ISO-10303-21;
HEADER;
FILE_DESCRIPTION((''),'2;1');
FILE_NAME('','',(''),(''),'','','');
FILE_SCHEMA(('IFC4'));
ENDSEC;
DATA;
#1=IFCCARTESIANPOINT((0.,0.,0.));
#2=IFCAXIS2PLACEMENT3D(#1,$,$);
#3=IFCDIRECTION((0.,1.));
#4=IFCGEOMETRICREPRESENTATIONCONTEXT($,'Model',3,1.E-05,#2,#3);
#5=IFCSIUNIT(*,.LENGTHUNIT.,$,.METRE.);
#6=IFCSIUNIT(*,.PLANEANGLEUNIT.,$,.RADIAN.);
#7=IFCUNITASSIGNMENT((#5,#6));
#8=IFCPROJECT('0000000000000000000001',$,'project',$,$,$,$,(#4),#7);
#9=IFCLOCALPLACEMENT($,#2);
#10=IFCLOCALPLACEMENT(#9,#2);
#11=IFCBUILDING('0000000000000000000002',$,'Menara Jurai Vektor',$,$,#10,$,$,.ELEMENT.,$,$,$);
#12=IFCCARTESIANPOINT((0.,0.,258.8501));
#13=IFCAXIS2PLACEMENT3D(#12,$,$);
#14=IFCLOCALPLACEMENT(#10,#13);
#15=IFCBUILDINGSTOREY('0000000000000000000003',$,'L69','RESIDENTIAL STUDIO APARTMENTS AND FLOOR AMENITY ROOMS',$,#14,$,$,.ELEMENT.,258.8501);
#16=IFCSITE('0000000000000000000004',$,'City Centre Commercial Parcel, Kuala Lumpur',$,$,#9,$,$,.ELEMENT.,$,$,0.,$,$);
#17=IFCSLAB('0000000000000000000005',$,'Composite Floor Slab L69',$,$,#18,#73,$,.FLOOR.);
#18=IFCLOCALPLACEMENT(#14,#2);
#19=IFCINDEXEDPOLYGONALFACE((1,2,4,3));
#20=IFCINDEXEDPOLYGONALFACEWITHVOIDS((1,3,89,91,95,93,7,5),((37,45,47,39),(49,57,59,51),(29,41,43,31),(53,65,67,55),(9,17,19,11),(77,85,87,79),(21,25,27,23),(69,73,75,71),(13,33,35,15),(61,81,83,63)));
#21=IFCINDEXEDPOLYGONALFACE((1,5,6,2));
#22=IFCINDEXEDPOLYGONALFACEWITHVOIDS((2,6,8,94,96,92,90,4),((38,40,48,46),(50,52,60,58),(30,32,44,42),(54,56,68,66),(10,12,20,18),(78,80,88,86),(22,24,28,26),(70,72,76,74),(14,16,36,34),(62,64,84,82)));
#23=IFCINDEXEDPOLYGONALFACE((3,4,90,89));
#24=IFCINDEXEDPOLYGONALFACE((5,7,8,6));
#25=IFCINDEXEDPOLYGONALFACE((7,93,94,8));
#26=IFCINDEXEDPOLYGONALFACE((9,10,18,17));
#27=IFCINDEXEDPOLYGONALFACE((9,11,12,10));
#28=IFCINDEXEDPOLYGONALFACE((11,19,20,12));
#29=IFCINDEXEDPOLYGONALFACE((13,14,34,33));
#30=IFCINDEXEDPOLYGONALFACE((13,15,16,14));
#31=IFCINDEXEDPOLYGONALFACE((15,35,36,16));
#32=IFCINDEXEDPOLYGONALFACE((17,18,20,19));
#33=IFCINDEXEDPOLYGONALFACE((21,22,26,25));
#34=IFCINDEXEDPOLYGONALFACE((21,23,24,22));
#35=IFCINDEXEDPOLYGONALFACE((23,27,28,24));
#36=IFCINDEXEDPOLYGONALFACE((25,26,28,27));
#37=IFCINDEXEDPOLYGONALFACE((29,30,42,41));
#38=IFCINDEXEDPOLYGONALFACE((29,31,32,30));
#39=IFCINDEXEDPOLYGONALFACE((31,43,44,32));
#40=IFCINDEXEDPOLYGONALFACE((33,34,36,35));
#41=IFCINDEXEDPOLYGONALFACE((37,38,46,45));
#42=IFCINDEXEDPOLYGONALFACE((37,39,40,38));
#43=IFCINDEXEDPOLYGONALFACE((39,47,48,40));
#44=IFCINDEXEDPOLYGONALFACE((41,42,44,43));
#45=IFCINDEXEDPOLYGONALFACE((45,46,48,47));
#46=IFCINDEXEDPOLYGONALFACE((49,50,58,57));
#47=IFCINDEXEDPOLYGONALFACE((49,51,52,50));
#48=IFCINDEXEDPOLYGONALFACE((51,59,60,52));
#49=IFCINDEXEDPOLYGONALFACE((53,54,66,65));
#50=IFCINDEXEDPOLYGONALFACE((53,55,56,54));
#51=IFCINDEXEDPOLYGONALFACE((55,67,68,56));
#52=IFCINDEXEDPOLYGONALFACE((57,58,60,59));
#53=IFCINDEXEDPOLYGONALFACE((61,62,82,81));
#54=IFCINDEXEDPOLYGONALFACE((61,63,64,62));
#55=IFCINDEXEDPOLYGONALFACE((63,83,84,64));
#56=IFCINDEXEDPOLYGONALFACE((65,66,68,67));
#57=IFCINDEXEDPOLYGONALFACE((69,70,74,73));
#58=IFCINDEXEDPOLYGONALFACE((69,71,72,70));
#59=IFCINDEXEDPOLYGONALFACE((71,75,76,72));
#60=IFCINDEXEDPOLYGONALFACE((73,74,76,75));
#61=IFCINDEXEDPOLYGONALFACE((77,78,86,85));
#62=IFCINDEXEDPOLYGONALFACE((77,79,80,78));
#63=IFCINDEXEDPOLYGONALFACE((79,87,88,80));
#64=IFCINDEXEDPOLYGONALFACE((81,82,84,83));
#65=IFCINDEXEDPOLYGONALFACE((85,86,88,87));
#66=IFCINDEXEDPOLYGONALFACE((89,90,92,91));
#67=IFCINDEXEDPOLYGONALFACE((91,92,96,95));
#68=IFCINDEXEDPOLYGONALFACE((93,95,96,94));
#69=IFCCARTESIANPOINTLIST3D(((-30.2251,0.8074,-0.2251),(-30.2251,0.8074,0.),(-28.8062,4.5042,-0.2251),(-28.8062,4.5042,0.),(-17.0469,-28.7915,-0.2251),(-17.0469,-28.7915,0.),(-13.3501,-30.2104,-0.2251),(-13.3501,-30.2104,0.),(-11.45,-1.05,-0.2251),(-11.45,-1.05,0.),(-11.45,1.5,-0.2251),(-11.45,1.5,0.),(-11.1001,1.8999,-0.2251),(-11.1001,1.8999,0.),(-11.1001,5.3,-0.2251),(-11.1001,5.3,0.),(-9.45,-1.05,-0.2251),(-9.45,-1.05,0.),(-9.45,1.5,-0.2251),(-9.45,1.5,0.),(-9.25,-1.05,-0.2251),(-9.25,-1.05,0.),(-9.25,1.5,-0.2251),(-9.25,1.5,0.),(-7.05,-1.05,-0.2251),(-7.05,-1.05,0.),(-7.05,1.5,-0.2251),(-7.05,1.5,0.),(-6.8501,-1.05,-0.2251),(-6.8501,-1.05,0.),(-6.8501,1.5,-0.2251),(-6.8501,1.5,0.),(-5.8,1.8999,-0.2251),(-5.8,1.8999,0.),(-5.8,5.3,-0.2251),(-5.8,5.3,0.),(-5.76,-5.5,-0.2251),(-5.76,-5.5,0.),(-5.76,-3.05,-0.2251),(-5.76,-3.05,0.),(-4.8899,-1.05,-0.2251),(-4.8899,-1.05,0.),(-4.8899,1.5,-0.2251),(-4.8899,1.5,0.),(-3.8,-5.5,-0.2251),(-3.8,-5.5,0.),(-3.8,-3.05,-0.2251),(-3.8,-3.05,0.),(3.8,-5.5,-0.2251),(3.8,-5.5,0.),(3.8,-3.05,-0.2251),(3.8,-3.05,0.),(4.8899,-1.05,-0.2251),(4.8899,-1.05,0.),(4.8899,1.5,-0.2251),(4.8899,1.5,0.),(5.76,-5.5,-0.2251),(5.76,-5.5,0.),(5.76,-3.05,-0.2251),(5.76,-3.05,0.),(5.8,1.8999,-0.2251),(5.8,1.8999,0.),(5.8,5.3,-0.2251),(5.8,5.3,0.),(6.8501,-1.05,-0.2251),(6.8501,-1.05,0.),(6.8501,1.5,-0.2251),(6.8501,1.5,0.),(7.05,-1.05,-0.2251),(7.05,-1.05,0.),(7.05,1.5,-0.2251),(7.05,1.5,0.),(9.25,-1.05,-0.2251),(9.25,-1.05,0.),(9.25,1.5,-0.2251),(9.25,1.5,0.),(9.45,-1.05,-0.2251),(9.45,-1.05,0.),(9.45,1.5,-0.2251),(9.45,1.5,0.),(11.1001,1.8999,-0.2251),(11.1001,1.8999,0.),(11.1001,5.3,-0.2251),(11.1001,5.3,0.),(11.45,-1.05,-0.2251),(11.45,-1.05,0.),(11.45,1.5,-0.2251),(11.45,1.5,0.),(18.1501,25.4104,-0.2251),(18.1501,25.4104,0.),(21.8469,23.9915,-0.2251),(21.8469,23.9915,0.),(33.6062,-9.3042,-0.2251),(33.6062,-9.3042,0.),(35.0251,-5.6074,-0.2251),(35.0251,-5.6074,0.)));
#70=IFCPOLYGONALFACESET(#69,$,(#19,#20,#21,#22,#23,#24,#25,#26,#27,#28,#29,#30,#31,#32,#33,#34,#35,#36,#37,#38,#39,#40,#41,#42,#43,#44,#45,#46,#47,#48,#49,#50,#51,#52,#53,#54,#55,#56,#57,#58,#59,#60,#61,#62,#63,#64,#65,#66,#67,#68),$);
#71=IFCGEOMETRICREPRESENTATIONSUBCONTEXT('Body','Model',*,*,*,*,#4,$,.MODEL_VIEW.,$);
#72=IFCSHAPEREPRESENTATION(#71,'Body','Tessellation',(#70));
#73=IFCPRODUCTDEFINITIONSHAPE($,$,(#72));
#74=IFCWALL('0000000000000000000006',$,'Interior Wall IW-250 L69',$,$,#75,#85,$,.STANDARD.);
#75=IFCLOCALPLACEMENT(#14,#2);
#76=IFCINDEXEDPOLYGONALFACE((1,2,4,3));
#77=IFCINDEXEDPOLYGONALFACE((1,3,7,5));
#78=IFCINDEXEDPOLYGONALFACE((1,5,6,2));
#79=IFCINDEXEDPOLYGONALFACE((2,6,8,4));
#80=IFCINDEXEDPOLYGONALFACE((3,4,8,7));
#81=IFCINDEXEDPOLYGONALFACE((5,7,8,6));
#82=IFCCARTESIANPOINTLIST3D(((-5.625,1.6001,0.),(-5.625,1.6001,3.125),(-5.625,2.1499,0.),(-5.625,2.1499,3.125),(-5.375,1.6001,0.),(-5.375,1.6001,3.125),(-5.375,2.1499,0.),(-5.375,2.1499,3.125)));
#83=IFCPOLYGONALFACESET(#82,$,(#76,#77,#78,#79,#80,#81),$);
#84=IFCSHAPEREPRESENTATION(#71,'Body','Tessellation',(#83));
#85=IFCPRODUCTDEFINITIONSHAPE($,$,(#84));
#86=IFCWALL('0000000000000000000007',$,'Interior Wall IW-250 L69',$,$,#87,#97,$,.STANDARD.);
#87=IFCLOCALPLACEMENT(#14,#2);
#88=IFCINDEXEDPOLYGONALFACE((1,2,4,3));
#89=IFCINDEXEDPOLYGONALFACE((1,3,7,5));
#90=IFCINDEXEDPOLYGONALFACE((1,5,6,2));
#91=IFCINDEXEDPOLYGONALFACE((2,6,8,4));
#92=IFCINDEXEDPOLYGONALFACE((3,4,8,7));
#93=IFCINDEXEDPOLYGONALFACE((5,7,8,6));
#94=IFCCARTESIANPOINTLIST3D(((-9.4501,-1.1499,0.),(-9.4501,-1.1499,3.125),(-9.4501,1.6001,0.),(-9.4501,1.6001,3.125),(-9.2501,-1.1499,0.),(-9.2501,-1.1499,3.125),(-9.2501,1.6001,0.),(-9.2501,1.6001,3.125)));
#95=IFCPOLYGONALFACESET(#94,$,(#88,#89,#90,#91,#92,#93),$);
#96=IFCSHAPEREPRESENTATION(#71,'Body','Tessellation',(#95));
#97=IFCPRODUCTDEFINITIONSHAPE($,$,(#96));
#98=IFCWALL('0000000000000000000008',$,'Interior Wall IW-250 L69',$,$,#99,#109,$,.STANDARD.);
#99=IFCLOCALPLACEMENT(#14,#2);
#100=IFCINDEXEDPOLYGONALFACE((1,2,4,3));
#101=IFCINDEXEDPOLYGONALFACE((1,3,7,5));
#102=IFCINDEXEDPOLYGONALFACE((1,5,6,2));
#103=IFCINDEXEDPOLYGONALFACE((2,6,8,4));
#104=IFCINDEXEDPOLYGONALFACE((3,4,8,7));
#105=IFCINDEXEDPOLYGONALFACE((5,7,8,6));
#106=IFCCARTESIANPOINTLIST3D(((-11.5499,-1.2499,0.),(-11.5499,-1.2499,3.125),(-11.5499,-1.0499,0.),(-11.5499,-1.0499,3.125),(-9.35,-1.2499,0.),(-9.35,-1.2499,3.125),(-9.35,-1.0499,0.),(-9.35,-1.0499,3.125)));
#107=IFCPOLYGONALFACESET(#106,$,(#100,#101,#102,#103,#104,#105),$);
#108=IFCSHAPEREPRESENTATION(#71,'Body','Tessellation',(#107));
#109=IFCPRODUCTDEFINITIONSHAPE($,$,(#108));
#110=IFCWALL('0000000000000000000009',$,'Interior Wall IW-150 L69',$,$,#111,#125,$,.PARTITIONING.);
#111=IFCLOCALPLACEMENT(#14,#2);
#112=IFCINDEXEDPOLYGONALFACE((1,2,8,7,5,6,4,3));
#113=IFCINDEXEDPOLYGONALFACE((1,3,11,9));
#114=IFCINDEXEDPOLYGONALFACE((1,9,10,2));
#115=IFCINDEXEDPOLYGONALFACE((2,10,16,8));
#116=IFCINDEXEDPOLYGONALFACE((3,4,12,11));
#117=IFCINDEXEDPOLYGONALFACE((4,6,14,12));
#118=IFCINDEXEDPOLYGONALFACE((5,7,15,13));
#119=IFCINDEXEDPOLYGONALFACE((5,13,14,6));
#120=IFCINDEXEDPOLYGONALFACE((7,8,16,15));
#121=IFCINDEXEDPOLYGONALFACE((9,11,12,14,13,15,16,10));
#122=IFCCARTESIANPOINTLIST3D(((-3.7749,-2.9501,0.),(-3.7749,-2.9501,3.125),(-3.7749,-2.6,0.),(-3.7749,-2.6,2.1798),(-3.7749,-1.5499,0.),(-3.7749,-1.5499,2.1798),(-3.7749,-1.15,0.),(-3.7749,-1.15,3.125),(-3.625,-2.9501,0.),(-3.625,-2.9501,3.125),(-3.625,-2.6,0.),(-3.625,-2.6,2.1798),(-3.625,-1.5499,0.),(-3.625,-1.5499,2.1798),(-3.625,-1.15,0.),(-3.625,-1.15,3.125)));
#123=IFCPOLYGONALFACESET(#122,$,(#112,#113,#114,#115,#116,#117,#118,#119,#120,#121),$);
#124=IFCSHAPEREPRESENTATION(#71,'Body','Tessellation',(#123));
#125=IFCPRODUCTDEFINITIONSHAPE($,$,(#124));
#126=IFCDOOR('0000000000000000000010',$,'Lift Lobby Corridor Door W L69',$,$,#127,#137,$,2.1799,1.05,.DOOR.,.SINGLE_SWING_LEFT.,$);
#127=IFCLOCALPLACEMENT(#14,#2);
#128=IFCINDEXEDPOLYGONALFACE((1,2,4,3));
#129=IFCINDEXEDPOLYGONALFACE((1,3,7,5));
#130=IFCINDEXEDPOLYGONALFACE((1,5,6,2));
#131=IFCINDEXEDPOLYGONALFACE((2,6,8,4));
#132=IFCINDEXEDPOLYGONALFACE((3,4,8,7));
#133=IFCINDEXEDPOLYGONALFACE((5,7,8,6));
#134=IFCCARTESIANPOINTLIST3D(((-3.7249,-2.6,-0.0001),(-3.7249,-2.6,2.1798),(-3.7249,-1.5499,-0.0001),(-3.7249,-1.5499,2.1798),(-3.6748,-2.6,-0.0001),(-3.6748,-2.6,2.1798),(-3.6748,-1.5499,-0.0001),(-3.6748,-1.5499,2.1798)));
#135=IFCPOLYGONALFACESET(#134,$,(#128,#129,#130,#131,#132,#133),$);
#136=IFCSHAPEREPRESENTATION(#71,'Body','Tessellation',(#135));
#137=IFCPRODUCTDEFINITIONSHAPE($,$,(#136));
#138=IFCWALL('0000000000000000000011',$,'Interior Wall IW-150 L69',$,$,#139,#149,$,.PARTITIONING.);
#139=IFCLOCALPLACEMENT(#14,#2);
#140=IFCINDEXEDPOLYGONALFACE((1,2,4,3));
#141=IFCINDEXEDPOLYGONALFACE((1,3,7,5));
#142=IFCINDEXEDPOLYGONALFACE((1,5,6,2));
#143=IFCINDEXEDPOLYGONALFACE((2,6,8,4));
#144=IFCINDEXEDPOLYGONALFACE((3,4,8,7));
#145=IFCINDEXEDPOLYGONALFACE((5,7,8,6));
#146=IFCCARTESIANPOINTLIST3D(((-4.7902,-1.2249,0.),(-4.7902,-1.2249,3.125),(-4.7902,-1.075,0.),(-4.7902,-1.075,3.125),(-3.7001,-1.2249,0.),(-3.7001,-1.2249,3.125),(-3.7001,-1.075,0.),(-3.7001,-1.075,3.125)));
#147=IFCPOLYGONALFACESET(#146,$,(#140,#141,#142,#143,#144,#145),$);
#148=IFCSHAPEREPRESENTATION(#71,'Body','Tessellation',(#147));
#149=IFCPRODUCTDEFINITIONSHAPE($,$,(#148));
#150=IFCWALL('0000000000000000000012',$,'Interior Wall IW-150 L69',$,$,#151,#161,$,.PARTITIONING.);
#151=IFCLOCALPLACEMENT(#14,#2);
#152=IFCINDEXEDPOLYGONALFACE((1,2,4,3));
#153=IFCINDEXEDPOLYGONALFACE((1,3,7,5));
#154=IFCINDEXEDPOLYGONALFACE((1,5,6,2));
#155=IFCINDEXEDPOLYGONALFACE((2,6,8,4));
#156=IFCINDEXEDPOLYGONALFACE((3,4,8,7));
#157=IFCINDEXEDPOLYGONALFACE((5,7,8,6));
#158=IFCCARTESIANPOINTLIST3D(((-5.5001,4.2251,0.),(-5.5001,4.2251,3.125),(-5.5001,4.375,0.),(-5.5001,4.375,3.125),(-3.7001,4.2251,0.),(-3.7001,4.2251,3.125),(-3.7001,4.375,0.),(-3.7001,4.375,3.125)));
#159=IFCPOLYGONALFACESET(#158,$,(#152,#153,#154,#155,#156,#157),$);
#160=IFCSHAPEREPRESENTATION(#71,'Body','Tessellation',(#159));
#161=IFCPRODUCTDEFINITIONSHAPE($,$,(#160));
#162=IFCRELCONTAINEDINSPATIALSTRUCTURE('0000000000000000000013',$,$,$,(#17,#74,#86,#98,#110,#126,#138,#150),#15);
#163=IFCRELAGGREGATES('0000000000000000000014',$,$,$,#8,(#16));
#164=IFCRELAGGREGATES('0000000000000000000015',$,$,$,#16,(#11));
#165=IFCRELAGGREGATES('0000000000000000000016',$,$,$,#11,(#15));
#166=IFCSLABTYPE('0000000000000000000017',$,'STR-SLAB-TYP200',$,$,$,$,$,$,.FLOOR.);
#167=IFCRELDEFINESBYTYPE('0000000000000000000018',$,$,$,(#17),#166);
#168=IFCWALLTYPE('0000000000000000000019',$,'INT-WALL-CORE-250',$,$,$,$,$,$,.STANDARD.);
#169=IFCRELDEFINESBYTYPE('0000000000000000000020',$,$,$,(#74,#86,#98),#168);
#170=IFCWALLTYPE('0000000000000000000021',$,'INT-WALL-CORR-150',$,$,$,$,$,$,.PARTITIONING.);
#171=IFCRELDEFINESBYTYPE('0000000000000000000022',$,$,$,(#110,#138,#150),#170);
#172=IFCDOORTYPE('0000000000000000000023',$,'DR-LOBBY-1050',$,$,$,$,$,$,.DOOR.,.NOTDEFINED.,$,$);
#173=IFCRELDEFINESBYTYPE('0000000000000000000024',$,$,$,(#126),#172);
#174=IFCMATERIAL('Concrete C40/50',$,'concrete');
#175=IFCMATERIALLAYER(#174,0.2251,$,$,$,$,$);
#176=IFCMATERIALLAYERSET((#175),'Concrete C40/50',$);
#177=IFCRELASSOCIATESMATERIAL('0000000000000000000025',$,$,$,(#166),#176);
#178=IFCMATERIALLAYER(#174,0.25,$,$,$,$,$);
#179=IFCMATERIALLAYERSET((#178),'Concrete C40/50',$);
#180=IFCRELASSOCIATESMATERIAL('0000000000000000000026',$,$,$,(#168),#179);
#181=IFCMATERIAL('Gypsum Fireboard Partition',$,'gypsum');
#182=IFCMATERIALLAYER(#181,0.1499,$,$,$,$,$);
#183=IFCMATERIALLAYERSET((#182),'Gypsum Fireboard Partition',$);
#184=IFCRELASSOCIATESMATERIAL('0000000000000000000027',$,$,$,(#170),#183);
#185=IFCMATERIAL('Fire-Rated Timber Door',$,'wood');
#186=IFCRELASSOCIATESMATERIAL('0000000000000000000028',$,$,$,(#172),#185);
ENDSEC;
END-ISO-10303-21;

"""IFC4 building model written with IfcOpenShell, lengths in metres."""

from ifc_helpers import new_model, si_unit, direction, frame, frame_2d, origin, place, context, subcontext, project, spatial, polyline, rectangle, outline, extrude, material, layer, layer_set, type_object, element, fill, save


model = new_model("IFC4")

# Units and contexts
model_context = context("Model", 3, precision=1e-05, world=origin(), true_north=direction((0.0, 1.0)))
body_context = subcontext(model_context, "Body", "Model", "MODEL_VIEW")
ifc_project = project(units=[si_unit("LENGTHUNIT", "METRE"), si_unit("PLANEANGLEUNIT", "RADIAN")], contexts=[model_context])

# Site, building, storey
site_placement = place(None, origin())
site = spatial("IfcSite", under=ifc_project, at=site_placement, Name="City Centre Commercial Parcel, Kuala Lumpur", CompositionType="ELEMENT", RefElevation=0.0)
building_placement = place(site_placement, origin())
building = spatial("IfcBuilding", under=site, at=building_placement, Name="Menara Jurai Vektor", CompositionType="ELEMENT")
storey_placement = place(building_placement, frame((0.0, 0.0, 258.8501)))
storey = spatial("IfcBuildingStorey", under=building, at=storey_placement, Name="L69", Description="RESIDENTIAL STUDIO APARTMENTS AND FLOOR AMENITY ROOMS", CompositionType="ELEMENT", Elevation=258.8501)

# Shared definitions
ifc_material_1 = material(Name="Concrete C40/50", Category="concrete")

# Slab
ifc_layer_1 = layer(ifc_material_1, 0.2251)
ifc_layer_set_1 = layer_set([ifc_layer_1], Name="Concrete C40/50")
slab_type_1 = type_object("IfcSlabType", Name="STR-SLAB-TYP200", PredefinedType="FLOOR", material=ifc_layer_set_1)
slab_1_placement = place(storey_placement, frame((0.0, 0.0, -0.2251)))
element("IfcSlab", 1, at=slab_1_placement, inside=storey, type_object=slab_type_1, Name="Composite Floor Slab L69", PredefinedType="FLOOR", context=body_context, shape_type="SweptSolid", body=[
    extrude(outline(polyline([(-13.3501, -30.2104), (33.6062, -9.3042), (35.0251, -5.6074), (21.8469, 23.9915), (18.1501, 25.4104), (-28.8062, 4.5042), (-30.2251, 0.8074), (-17.0469, -28.7915), (-13.3501, -30.2104)]), holes=[polyline([(-11.1001, 1.8999), (-11.1001, 5.3), (-5.8, 5.3), (-5.8, 1.8999), (-11.1001, 1.8999)]), polyline([(5.8, 1.8999), (5.8, 5.3), (11.1001, 5.3), (11.1001, 1.8999), (5.8, 1.8999)]), polyline([(-11.45, -1.05), (-11.45, 1.5), (-9.45, 1.5), (-9.45, -1.05), (-11.45, -1.05)]), polyline([(9.45, -1.05), (9.45, 1.5), (11.45, 1.5), (11.45, -1.05), (9.45, -1.05)]), polyline([(-5.76, -5.5), (-5.76, -3.05), (-3.8, -3.05), (-3.8, -5.5), (-5.76, -5.5)]), polyline([(-6.8501, -1.05), (-6.8501, 1.5), (-4.8899, 1.5), (-4.8899, -1.05), (-6.8501, -1.05)]), polyline([(3.8, -5.5), (3.8, -3.05), (5.76, -3.05), (5.76, -5.5), (3.8, -5.5)]), polyline([(4.8899, -1.05), (4.8899, 1.5), (6.8501, 1.5), (6.8501, -1.05), (4.8899, -1.05)]), polyline([(-9.25, -1.05), (-9.25, 1.5), (-7.05, 1.5), (-7.05, -1.05), (-9.25, -1.05)]), polyline([(7.05, -1.05), (7.05, 1.5), (9.25, 1.5), (9.25, -1.05), (7.05, -1.05)])]), origin(), (0.0, 0.0, 1.0), 0.2251),
])

# Wall
ifc_layer_2 = layer(ifc_material_1, 0.25)
ifc_layer_set_2 = layer_set([ifc_layer_2], Name="Concrete C40/50")
wall_type_1 = type_object("IfcWallType", Name="INT-WALL-CORE-250", PredefinedType="STANDARD", material=ifc_layer_set_2)
wall_1_placement = place(storey_placement, frame((-5.5, 1.6001, 0.0), z_axis=(0.0, 0.0, 1.0), x_axis=(0.0, 1.0, 0.0)))
element("IfcWall", 2, at=wall_1_placement, inside=storey, type_object=wall_type_1, Name="Interior Wall IW-250 L69", PredefinedType="STANDARD", context=body_context, shape_type="SweptSolid", body=[
    extrude(rectangle(XDim=0.5498, YDim=0.25, at=frame_2d((0.2749, 0.0))), origin(), (0.0, 0.0, 1.0), 3.125),
])

# Walls
wall_2_placement = place(storey_placement, frame((-9.3501, -1.1499, 0.0), z_axis=(0.0, 0.0, 1.0), x_axis=(0.0, 1.0, 0.0)))
element("IfcWall", 3, at=wall_2_placement, inside=storey, type_object=wall_type_1, Name="Interior Wall IW-250 L69", PredefinedType="STANDARD", context=body_context, shape_type="SweptSolid", body=[
    extrude(rectangle(XDim=2.75, YDim=0.2, at=frame_2d((1.375, 0.0))), origin(), (0.0, 0.0, 1.0), 3.125),
])
wall_3_placement = place(storey_placement, frame((-11.55, -1.1499, 0.0), z_axis=(0.0, 0.0, 1.0), x_axis=(1.0, 0.0, 0.0)))
element("IfcWall", 4, at=wall_3_placement, inside=storey, type_object=wall_type_1, Name="Interior Wall IW-250 L69", PredefinedType="STANDARD", context=body_context, shape_type="SweptSolid", body=[
    extrude(rectangle(XDim=2.2, YDim=0.2, at=frame_2d((1.1001, 0.0))), origin(), (0.0, 0.0, 1.0), 3.125),
])

# Wall, opening, door
ifc_material_2 = material(Name="Gypsum Fireboard Partition", Category="gypsum")
ifc_layer_3 = layer(ifc_material_2, 0.1499)
ifc_layer_set_3 = layer_set([ifc_layer_3], Name="Gypsum Fireboard Partition")
wall_type_2 = type_object("IfcWallType", Name="INT-WALL-CORR-150", PredefinedType="PARTITIONING", material=ifc_layer_set_3)
wall_4_placement = place(storey_placement, frame((-3.7, -2.95, 0.0), z_axis=(0.0, 0.0, 1.0), x_axis=(0.0, 1.0, 0.0)))
wall_4 = element("IfcWall", 5, at=wall_4_placement, inside=storey, type_object=wall_type_2, Name="Interior Wall IW-150 L69", PredefinedType="PARTITIONING", context=body_context, shape_type="SweptSolid", body=[
    extrude(rectangle(XDim=1.8, YDim=0.1499, at=frame_2d((0.8999, 0.0))), origin(), (0.0, 0.0, 1.0), 3.125),
])
opening_1_placement = place(wall_4_placement, frame((0.3501, 0.0, 0.0)))
opening_1 = element("IfcOpeningElement", 6, at=opening_1_placement, cuts=wall_4, PredefinedType="OPENING", context=body_context, shape_type="SweptSolid", body=[
    extrude(rectangle(XDim=1.05, YDim=2.1799, at=frame_2d((0.5249, 1.0898))), frame((0.0, 0.085, 0.0), z_axis=(0.0, -1.0, 0.0), x_axis=(1.0, 0.0, 0.0)), (0.0, 0.0, 1.0), 0.1699),
])
ifc_material_3 = material(Name="Fire-Rated Timber Door", Category="wood")
door_type_1 = type_object("IfcDoorType", Name="DR-LOBBY-1050", OperationType="NOTDEFINED", PredefinedType="DOOR", material=ifc_material_3)
door_1_placement = place(opening_1_placement, origin())
door_1 = element("IfcDoor", 7, at=door_1_placement, inside=storey, type_object=door_type_1, Name="Lift Lobby Corridor Door W L69", OperationType="SINGLE_SWING_LEFT", OverallHeight=2.1799, OverallWidth=1.05, PredefinedType="DOOR", context=body_context, shape_type="SweptSolid", body=[
    extrude(rectangle(XDim=1.05, YDim=2.1799, at=frame_2d((0.5249, 1.0898))), frame((0.0, 0.0249, 0.0), z_axis=(0.0, -1.0, 0.0), x_axis=(1.0, 0.0, 0.0)), (0.0, 0.0, 1.0), 0.05),
])
fill(opening_1, door_1)

# Walls
wall_5_placement = place(storey_placement, frame((-4.79, -1.1499, 0.0), z_axis=(0.0, 0.0, 1.0), x_axis=(1.0, 0.0, 0.0)))
element("IfcWall", 8, at=wall_5_placement, inside=storey, type_object=wall_type_2, Name="Interior Wall IW-150 L69", PredefinedType="PARTITIONING", context=body_context, shape_type="SweptSolid", body=[
    extrude(rectangle(XDim=1.0901, YDim=0.1499, at=frame_2d((0.5449, 0.0))), origin(), (0.0, 0.0, 1.0), 3.125),
])
wall_6_placement = place(storey_placement, frame((-5.5, 4.3, 0.0), z_axis=(0.0, 0.0, 1.0), x_axis=(1.0, 0.0, 0.0)))
element("IfcWall", 9, at=wall_6_placement, inside=storey, type_object=wall_type_2, Name="Interior Wall IW-150 L69", PredefinedType="PARTITIONING", context=body_context, shape_type="SweptSolid", body=[
    extrude(rectangle(XDim=1.8, YDim=0.1499, at=frame_2d((0.8999, 0.0))), origin(), (0.0, 0.0, 1.0), 3.125),
])

save(model, "model.ifc")
